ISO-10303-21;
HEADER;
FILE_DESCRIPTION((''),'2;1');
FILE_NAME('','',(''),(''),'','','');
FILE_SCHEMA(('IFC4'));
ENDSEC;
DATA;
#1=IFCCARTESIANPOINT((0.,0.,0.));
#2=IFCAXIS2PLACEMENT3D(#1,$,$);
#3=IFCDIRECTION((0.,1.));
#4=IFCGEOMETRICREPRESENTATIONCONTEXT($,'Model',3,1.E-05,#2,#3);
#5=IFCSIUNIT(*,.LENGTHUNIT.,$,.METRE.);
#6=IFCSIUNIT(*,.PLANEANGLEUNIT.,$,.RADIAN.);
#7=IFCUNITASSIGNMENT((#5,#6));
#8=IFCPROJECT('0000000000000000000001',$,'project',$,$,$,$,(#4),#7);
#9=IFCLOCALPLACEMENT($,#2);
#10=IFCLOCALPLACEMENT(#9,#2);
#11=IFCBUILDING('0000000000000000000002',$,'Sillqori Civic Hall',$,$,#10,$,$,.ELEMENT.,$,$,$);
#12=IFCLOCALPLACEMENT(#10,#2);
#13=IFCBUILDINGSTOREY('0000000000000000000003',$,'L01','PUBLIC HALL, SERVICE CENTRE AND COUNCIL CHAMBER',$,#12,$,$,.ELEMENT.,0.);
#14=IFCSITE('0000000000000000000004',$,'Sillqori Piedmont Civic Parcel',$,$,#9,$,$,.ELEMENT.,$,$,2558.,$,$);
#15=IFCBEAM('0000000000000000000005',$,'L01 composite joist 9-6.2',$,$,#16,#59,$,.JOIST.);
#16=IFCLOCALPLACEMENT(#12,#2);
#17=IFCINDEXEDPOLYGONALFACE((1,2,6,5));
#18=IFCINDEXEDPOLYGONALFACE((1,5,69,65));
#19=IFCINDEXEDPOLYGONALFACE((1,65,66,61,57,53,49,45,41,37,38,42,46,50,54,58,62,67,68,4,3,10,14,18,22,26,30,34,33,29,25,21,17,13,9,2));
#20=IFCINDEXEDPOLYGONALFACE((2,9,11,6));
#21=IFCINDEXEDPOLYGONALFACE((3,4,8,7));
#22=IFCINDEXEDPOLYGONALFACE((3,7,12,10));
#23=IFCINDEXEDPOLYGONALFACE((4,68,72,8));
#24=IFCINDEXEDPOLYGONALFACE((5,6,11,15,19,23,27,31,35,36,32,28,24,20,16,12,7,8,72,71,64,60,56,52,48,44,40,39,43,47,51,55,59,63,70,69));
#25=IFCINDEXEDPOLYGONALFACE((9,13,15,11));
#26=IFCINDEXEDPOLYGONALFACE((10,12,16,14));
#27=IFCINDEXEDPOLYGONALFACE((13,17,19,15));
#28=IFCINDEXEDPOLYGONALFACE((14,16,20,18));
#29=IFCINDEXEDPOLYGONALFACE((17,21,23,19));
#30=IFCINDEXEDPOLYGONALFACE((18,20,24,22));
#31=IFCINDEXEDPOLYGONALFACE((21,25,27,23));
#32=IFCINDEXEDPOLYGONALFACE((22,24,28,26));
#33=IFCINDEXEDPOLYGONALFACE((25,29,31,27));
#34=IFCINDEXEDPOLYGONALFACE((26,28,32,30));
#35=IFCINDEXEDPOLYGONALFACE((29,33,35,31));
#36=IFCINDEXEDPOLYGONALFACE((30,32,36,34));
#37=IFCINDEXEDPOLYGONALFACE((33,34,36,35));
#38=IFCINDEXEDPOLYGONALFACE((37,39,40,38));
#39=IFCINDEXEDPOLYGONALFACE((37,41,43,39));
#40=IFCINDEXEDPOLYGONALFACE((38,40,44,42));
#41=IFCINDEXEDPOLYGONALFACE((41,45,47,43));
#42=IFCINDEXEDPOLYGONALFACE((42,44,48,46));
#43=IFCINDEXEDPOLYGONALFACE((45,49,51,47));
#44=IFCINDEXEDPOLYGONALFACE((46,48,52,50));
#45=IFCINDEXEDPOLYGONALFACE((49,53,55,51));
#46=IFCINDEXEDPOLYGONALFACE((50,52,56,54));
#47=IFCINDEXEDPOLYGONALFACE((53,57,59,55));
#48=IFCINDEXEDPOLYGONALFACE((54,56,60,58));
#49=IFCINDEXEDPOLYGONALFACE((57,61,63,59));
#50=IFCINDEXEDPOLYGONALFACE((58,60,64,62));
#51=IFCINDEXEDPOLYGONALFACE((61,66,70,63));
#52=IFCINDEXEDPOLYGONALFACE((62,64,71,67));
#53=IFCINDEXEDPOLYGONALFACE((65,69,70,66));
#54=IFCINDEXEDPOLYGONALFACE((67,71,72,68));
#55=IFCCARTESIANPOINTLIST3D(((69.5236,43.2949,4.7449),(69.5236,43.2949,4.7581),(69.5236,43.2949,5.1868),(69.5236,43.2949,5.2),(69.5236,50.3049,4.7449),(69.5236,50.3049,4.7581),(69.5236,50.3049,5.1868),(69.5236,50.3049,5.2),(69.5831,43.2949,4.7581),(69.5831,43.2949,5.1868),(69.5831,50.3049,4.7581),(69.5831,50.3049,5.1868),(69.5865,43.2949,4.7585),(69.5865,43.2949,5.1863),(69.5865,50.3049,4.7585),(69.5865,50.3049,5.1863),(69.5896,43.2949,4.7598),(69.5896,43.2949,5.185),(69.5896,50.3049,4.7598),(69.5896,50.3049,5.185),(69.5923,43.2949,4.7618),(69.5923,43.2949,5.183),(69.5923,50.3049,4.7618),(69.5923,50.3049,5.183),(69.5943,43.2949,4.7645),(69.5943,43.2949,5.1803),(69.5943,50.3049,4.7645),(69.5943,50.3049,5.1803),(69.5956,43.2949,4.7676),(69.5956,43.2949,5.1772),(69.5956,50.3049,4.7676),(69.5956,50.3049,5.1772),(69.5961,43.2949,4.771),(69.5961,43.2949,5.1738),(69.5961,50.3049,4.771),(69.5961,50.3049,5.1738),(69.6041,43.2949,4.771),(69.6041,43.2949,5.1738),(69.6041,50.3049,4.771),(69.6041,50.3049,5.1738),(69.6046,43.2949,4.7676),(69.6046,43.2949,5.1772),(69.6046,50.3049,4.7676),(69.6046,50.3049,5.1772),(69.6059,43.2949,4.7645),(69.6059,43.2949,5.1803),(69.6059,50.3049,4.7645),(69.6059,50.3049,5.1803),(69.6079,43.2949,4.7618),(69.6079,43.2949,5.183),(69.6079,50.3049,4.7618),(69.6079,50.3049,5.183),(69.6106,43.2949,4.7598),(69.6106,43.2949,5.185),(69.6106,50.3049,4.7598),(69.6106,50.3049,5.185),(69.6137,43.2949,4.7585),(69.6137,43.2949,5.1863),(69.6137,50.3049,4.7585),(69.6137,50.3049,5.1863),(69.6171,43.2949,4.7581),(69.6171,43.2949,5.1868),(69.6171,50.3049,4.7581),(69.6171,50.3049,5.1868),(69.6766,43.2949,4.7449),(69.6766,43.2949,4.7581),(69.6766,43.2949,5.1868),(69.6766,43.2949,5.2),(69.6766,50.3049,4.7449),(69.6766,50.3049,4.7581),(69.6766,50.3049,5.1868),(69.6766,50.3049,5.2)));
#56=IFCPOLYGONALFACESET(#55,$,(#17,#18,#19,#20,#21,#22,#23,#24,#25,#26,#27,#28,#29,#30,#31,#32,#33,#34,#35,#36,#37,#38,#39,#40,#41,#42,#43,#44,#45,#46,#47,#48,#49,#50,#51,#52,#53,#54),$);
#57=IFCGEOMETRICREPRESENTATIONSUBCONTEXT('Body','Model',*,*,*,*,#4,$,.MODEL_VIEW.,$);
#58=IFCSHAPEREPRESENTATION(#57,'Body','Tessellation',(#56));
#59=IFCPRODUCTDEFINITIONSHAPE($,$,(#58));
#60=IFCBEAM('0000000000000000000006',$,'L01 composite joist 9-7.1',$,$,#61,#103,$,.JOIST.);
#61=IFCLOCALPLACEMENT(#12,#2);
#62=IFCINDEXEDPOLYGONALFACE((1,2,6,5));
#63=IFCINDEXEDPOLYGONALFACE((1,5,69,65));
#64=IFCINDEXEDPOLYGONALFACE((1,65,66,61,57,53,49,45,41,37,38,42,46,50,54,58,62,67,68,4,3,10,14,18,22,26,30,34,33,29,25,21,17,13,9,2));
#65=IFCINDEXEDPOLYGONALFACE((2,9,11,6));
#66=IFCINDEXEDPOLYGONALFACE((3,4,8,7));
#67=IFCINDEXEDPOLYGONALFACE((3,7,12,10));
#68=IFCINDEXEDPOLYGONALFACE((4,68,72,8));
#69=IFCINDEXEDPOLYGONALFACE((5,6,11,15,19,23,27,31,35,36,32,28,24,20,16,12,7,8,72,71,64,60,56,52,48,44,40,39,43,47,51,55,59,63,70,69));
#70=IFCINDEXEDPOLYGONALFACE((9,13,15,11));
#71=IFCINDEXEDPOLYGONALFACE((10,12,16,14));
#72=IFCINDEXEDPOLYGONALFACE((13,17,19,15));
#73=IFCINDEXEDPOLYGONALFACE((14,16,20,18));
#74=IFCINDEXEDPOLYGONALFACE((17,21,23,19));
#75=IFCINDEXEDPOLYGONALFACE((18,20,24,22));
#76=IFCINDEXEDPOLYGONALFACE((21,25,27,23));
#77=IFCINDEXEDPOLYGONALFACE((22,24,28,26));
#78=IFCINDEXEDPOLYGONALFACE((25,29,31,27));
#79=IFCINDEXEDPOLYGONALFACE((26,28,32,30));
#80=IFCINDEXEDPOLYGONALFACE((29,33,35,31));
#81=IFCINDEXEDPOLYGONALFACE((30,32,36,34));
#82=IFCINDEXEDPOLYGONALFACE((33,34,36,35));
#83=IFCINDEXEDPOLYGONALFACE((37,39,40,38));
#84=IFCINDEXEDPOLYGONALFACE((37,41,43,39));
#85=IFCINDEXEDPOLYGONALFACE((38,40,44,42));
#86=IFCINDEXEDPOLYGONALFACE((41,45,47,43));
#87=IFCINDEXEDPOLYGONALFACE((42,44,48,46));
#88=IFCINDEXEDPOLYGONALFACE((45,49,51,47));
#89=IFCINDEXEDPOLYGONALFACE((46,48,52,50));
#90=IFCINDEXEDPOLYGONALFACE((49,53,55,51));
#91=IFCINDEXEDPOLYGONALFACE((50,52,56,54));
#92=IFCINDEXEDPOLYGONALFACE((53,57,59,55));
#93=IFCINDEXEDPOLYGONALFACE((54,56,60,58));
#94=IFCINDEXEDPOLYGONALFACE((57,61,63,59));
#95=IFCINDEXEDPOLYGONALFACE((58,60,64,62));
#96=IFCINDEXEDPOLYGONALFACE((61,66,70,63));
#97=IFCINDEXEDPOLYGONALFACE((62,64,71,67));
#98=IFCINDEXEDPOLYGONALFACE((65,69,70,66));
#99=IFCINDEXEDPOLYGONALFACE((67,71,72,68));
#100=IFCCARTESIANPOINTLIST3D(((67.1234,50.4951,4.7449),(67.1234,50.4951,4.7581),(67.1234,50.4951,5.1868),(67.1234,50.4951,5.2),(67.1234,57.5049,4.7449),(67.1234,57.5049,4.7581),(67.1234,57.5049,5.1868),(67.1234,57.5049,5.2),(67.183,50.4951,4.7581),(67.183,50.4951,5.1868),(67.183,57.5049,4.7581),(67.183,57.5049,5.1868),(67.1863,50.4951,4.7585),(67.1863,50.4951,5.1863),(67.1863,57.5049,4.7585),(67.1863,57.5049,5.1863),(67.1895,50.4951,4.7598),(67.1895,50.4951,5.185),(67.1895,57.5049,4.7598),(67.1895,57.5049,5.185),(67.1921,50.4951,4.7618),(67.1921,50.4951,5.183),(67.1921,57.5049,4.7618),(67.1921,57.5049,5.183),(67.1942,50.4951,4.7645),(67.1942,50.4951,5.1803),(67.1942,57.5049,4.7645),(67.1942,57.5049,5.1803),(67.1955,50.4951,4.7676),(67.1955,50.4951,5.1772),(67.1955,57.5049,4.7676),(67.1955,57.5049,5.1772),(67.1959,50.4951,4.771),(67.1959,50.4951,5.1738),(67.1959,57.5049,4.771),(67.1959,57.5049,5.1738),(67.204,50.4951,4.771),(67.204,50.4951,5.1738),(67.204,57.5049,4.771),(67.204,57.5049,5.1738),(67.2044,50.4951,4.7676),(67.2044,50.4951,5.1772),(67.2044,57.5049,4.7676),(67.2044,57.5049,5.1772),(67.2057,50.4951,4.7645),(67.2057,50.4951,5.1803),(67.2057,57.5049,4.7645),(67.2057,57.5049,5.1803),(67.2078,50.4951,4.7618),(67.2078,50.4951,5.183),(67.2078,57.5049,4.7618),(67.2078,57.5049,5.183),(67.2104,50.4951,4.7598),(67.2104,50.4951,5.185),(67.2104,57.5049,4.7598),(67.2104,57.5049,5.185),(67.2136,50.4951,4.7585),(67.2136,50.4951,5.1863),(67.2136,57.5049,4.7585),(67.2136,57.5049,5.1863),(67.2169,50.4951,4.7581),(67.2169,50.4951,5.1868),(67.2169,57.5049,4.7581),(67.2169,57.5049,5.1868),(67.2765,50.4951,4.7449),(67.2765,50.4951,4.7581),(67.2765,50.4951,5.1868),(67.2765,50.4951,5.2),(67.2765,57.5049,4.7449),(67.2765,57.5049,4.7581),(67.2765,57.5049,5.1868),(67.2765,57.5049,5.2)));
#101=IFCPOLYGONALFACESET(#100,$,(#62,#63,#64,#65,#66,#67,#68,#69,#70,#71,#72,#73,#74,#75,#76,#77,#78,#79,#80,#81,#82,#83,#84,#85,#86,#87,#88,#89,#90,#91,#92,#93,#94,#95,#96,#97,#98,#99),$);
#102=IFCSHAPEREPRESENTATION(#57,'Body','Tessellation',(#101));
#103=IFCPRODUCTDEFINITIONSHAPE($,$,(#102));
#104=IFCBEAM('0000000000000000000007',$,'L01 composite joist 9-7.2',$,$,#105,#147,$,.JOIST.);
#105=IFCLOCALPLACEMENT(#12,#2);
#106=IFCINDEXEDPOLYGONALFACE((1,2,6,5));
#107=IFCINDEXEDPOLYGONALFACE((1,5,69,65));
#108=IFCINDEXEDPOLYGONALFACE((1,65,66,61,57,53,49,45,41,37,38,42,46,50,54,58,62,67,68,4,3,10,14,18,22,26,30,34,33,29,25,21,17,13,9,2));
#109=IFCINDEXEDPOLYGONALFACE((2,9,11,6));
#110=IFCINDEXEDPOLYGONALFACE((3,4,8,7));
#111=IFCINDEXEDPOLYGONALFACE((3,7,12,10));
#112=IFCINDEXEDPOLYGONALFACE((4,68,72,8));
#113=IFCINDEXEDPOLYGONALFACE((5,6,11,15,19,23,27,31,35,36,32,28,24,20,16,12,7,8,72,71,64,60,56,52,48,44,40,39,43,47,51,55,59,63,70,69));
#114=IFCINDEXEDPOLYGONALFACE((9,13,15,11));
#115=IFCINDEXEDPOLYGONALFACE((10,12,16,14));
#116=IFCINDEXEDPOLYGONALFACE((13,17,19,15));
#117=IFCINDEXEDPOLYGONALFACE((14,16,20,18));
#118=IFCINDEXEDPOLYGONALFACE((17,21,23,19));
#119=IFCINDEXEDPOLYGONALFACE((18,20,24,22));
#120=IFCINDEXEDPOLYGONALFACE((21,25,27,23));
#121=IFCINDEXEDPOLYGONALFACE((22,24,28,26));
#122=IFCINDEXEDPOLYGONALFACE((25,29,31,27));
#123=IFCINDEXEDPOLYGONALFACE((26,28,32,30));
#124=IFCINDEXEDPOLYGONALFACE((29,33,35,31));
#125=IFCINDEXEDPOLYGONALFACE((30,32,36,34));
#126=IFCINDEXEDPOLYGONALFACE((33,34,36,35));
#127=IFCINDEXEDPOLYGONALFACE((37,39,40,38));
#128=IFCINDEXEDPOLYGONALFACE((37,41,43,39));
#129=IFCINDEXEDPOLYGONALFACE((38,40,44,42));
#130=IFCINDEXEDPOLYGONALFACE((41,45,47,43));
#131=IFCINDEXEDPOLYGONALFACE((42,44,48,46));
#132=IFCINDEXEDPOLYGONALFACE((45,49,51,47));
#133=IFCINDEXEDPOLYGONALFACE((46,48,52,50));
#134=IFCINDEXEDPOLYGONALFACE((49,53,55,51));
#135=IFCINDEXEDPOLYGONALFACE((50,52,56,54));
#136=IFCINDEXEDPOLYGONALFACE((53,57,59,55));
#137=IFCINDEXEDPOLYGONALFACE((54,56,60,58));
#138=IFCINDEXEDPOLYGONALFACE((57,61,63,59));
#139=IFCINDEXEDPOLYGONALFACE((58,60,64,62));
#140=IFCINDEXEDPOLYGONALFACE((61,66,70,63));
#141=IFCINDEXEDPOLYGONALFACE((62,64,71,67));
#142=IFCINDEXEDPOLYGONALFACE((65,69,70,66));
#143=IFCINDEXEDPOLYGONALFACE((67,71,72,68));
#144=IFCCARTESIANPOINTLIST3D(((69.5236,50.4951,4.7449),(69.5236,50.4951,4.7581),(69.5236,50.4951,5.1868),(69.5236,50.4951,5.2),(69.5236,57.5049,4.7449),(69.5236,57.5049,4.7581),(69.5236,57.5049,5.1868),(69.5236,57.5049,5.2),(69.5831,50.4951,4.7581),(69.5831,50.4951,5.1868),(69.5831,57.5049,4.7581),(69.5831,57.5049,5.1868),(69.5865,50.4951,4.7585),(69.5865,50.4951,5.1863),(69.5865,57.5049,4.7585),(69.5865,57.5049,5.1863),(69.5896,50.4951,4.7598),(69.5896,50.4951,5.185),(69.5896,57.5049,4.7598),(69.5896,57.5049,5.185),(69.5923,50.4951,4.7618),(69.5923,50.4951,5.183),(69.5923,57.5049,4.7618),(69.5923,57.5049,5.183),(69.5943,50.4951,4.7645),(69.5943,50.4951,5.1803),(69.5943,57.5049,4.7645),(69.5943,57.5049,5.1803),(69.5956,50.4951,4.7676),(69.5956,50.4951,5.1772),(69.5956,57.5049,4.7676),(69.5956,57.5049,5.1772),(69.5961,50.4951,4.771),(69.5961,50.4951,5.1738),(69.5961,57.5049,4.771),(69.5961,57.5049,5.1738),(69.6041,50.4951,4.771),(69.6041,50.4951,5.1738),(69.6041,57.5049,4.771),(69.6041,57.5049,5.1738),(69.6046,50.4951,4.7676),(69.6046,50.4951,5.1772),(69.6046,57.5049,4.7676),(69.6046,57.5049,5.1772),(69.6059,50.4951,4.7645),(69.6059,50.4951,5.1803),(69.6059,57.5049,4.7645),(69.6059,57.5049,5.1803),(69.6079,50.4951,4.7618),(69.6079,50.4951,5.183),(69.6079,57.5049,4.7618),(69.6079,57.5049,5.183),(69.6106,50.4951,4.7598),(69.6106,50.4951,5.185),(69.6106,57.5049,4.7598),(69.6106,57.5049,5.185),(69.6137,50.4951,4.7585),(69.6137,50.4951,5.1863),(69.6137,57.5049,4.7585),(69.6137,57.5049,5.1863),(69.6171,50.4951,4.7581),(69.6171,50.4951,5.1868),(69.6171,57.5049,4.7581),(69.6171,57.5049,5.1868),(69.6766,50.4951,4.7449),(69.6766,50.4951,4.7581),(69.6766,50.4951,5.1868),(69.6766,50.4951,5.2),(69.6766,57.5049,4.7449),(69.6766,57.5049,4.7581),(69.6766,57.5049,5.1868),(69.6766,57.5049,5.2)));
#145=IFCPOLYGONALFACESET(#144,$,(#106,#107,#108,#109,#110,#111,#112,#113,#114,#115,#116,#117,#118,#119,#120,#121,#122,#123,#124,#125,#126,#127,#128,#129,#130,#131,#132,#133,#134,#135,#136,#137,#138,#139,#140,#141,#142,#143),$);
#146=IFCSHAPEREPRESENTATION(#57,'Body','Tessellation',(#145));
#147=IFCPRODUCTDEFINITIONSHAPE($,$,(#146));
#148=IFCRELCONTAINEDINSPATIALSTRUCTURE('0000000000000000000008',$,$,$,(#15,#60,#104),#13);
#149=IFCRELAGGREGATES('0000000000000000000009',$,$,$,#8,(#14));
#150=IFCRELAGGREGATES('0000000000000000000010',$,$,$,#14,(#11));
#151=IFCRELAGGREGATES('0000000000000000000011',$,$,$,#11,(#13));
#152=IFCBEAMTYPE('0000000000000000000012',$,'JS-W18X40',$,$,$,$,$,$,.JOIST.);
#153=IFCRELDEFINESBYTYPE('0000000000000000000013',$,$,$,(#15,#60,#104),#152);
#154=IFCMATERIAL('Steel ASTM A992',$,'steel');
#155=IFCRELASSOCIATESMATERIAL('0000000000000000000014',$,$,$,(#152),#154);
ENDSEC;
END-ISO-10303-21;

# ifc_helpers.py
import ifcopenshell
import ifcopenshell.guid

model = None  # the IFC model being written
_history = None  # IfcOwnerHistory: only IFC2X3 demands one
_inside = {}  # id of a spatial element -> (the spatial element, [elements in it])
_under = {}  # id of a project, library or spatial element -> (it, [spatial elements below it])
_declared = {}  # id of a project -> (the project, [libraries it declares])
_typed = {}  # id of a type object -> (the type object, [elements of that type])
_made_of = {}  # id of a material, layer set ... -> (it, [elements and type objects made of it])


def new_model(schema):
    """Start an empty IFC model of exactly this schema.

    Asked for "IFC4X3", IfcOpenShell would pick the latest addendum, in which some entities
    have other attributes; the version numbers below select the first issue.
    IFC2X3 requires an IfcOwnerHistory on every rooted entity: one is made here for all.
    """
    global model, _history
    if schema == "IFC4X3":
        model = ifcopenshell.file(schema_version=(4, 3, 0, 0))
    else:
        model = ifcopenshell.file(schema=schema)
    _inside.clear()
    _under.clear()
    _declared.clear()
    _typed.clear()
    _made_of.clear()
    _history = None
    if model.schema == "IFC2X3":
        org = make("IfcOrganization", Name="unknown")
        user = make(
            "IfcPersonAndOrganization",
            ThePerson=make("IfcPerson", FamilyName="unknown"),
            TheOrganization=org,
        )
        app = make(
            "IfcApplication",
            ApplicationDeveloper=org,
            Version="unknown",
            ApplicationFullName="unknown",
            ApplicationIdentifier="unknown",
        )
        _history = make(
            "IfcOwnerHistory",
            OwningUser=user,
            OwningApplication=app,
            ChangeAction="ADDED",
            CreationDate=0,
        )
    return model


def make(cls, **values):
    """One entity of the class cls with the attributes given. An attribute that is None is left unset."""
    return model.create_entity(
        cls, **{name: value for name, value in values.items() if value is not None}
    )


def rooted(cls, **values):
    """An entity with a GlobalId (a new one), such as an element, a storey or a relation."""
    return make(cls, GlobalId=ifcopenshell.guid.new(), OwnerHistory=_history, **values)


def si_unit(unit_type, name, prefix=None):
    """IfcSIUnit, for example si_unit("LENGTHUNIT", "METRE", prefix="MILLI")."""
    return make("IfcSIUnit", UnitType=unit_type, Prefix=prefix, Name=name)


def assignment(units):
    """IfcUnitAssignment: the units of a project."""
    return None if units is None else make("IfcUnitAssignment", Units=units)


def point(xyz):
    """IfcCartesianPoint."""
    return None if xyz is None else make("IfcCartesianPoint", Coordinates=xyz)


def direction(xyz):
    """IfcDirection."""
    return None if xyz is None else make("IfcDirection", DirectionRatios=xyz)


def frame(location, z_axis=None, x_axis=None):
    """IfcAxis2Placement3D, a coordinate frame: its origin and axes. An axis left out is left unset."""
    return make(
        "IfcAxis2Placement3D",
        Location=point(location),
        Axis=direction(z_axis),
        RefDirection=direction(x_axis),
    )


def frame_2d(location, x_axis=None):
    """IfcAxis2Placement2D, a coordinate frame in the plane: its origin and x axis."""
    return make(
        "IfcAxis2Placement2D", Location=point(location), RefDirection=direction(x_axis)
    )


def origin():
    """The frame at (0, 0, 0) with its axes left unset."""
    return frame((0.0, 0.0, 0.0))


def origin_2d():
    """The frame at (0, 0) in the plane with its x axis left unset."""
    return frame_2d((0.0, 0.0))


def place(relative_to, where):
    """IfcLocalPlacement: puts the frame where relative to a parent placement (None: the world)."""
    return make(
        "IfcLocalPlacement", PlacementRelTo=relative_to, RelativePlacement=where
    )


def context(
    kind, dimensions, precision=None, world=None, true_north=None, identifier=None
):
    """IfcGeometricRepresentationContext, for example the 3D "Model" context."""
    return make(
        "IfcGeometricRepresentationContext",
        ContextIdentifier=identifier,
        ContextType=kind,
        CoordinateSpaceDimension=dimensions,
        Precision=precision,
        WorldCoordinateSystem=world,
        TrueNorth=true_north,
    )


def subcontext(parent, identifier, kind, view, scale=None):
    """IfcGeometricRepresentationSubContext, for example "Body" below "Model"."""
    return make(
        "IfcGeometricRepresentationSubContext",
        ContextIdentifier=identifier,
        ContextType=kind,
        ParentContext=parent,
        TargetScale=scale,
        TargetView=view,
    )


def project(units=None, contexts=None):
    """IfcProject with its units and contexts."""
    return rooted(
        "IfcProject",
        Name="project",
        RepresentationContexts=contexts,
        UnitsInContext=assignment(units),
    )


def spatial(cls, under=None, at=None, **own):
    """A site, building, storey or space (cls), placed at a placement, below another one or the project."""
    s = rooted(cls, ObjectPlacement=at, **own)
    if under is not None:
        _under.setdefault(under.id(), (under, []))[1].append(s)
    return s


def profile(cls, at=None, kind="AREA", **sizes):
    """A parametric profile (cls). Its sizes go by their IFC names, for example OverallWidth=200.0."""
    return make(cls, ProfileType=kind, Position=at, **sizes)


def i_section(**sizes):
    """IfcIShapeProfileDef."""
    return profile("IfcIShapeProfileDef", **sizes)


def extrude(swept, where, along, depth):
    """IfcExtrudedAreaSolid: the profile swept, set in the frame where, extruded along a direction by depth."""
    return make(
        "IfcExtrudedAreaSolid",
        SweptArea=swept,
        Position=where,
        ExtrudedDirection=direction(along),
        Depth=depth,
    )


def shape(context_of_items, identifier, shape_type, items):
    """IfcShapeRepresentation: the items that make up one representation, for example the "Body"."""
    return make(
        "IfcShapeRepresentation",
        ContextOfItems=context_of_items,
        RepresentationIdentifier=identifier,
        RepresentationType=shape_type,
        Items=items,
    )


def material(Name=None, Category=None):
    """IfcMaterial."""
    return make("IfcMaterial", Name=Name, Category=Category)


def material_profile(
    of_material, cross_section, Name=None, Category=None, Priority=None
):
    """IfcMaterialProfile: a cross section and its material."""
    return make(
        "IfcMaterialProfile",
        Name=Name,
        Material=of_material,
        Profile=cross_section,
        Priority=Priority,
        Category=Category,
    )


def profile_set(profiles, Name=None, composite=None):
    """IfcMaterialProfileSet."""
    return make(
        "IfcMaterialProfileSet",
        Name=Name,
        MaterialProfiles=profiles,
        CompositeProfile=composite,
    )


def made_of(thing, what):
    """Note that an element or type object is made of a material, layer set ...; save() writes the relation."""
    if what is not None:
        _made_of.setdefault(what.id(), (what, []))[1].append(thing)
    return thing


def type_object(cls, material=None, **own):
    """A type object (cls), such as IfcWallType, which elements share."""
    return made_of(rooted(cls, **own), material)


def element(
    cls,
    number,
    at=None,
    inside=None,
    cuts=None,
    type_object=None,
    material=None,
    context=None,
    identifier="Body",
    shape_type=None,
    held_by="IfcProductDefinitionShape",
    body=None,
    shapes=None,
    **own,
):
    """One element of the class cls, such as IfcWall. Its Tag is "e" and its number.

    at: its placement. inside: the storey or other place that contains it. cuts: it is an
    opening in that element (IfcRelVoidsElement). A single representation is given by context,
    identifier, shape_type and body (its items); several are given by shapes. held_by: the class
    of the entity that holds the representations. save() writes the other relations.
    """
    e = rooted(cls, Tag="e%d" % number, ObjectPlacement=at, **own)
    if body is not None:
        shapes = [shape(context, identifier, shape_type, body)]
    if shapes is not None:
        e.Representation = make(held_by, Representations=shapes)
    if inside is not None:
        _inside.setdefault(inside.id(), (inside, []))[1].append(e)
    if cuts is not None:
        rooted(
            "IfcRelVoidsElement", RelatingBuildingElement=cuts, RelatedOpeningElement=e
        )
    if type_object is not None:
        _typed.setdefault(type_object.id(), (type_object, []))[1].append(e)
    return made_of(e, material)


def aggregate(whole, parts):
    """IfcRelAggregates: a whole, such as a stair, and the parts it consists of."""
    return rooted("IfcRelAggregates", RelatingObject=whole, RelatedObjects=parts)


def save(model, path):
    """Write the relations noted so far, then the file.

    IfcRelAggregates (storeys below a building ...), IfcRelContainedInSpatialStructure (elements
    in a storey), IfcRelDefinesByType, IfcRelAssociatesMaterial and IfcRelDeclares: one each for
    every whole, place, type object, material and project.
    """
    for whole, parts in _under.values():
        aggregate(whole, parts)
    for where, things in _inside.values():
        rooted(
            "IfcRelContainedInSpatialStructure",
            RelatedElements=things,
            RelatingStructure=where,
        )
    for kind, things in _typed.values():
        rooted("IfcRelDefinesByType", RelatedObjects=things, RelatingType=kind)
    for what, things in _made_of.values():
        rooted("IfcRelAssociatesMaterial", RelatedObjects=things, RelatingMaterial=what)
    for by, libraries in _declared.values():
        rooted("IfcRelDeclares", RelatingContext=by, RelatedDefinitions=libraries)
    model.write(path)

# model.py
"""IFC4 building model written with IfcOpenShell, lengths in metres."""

from ifc_helpers import new_model, si_unit, direction, frame, origin, origin_2d, place, context, subcontext, project, spatial, i_section, extrude, material, material_profile, profile_set, type_object, element, save


model = new_model("IFC4")

# Units and contexts
model_context = context("Model", 3, precision=1e-05, world=origin(), true_north=direction((0.0, 1.0)))
body_context = subcontext(model_context, "Body", "Model", "MODEL_VIEW")
ifc_project = project(units=[si_unit("LENGTHUNIT", "METRE"), si_unit("PLANEANGLEUNIT", "RADIAN")], contexts=[model_context])

# Site, building, storey
site_placement = place(None, origin())
site = spatial("IfcSite", under=ifc_project, at=site_placement, Name="Sillqori Piedmont Civic Parcel", CompositionType="ELEMENT", RefElevation=2558.0)
building_placement = place(site_placement, origin())
building = spatial("IfcBuilding", under=site, at=building_placement, Name="Sillqori Civic Hall", CompositionType="ELEMENT")
storey_placement = place(building_placement, origin())
storey = spatial("IfcBuildingStorey", under=building, at=storey_placement, Name="L01", Description="PUBLIC HALL, SERVICE CENTRE AND COUNCIL CHAMBER", CompositionType="ELEMENT", Elevation=0.0)

# Shared definitions
ifc_material_1 = material(Name="Steel ASTM A992", Category="steel")

# Beams
ifc_material_profile_1 = material_profile(ifc_material_1, i_section(OverallWidth=0.1531, OverallDepth=0.4551, WebThickness=0.0081, FlangeThickness=0.0132, FilletRadius=0.0129, at=origin_2d()), Name="W18X40")
ifc_profile_set_1 = profile_set([ifc_material_profile_1], Name="Steel ASTM A992")
beam_type_1 = type_object("IfcBeamType", Name="JS-W18X40", PredefinedType="JOIST", material=ifc_profile_set_1)
for number, where, z_axis, x_axis, name in (
    (1, (69.6001, 43.2949, 4.9724), (0.0, 1.0, 0.0), (-1.0, 0.0, 0.0), "L01 composite joist 9-6.2"),
):
    element("IfcBeam", number, at=place(storey_placement, frame(where, z_axis=z_axis, x_axis=x_axis)), inside=storey, type_object=beam_type_1, Name=name, PredefinedType="JOIST", context=body_context, shape_type="SweptSolid", body=[
        extrude(i_section(OverallWidth=0.1531, OverallDepth=0.4551, WebThickness=0.0081, FlangeThickness=0.0132, FilletRadius=0.0129, at=origin_2d()), origin(), (0.0, 0.0, 1.0), 7.01),
    ])
for number, where, z_axis, x_axis, name in (
    (2, (67.2, 50.4951, 4.9724), (0.0, 1.0, 0.0), (-1.0, 0.0, 0.0), "L01 composite joist 9-7.1"),
    (3, (69.6001, 50.4951, 4.9724), (0.0, 1.0, 0.0), (-1.0, 0.0, 0.0), "L01 composite joist 9-7.2"),
):
    element("IfcBeam", number, at=place(storey_placement, frame(where, z_axis=z_axis, x_axis=x_axis)), inside=storey, type_object=beam_type_1, Name=name, PredefinedType="JOIST", context=body_context, shape_type="SweptSolid", body=[
        extrude(i_section(OverallWidth=0.1531, OverallDepth=0.4551, WebThickness=0.0081, FlangeThickness=0.0132, FilletRadius=0.0129, at=origin_2d()), origin(), (0.0, 0.0, 1.0), 7.0098),
    ])

save(model, "model.ifc")
